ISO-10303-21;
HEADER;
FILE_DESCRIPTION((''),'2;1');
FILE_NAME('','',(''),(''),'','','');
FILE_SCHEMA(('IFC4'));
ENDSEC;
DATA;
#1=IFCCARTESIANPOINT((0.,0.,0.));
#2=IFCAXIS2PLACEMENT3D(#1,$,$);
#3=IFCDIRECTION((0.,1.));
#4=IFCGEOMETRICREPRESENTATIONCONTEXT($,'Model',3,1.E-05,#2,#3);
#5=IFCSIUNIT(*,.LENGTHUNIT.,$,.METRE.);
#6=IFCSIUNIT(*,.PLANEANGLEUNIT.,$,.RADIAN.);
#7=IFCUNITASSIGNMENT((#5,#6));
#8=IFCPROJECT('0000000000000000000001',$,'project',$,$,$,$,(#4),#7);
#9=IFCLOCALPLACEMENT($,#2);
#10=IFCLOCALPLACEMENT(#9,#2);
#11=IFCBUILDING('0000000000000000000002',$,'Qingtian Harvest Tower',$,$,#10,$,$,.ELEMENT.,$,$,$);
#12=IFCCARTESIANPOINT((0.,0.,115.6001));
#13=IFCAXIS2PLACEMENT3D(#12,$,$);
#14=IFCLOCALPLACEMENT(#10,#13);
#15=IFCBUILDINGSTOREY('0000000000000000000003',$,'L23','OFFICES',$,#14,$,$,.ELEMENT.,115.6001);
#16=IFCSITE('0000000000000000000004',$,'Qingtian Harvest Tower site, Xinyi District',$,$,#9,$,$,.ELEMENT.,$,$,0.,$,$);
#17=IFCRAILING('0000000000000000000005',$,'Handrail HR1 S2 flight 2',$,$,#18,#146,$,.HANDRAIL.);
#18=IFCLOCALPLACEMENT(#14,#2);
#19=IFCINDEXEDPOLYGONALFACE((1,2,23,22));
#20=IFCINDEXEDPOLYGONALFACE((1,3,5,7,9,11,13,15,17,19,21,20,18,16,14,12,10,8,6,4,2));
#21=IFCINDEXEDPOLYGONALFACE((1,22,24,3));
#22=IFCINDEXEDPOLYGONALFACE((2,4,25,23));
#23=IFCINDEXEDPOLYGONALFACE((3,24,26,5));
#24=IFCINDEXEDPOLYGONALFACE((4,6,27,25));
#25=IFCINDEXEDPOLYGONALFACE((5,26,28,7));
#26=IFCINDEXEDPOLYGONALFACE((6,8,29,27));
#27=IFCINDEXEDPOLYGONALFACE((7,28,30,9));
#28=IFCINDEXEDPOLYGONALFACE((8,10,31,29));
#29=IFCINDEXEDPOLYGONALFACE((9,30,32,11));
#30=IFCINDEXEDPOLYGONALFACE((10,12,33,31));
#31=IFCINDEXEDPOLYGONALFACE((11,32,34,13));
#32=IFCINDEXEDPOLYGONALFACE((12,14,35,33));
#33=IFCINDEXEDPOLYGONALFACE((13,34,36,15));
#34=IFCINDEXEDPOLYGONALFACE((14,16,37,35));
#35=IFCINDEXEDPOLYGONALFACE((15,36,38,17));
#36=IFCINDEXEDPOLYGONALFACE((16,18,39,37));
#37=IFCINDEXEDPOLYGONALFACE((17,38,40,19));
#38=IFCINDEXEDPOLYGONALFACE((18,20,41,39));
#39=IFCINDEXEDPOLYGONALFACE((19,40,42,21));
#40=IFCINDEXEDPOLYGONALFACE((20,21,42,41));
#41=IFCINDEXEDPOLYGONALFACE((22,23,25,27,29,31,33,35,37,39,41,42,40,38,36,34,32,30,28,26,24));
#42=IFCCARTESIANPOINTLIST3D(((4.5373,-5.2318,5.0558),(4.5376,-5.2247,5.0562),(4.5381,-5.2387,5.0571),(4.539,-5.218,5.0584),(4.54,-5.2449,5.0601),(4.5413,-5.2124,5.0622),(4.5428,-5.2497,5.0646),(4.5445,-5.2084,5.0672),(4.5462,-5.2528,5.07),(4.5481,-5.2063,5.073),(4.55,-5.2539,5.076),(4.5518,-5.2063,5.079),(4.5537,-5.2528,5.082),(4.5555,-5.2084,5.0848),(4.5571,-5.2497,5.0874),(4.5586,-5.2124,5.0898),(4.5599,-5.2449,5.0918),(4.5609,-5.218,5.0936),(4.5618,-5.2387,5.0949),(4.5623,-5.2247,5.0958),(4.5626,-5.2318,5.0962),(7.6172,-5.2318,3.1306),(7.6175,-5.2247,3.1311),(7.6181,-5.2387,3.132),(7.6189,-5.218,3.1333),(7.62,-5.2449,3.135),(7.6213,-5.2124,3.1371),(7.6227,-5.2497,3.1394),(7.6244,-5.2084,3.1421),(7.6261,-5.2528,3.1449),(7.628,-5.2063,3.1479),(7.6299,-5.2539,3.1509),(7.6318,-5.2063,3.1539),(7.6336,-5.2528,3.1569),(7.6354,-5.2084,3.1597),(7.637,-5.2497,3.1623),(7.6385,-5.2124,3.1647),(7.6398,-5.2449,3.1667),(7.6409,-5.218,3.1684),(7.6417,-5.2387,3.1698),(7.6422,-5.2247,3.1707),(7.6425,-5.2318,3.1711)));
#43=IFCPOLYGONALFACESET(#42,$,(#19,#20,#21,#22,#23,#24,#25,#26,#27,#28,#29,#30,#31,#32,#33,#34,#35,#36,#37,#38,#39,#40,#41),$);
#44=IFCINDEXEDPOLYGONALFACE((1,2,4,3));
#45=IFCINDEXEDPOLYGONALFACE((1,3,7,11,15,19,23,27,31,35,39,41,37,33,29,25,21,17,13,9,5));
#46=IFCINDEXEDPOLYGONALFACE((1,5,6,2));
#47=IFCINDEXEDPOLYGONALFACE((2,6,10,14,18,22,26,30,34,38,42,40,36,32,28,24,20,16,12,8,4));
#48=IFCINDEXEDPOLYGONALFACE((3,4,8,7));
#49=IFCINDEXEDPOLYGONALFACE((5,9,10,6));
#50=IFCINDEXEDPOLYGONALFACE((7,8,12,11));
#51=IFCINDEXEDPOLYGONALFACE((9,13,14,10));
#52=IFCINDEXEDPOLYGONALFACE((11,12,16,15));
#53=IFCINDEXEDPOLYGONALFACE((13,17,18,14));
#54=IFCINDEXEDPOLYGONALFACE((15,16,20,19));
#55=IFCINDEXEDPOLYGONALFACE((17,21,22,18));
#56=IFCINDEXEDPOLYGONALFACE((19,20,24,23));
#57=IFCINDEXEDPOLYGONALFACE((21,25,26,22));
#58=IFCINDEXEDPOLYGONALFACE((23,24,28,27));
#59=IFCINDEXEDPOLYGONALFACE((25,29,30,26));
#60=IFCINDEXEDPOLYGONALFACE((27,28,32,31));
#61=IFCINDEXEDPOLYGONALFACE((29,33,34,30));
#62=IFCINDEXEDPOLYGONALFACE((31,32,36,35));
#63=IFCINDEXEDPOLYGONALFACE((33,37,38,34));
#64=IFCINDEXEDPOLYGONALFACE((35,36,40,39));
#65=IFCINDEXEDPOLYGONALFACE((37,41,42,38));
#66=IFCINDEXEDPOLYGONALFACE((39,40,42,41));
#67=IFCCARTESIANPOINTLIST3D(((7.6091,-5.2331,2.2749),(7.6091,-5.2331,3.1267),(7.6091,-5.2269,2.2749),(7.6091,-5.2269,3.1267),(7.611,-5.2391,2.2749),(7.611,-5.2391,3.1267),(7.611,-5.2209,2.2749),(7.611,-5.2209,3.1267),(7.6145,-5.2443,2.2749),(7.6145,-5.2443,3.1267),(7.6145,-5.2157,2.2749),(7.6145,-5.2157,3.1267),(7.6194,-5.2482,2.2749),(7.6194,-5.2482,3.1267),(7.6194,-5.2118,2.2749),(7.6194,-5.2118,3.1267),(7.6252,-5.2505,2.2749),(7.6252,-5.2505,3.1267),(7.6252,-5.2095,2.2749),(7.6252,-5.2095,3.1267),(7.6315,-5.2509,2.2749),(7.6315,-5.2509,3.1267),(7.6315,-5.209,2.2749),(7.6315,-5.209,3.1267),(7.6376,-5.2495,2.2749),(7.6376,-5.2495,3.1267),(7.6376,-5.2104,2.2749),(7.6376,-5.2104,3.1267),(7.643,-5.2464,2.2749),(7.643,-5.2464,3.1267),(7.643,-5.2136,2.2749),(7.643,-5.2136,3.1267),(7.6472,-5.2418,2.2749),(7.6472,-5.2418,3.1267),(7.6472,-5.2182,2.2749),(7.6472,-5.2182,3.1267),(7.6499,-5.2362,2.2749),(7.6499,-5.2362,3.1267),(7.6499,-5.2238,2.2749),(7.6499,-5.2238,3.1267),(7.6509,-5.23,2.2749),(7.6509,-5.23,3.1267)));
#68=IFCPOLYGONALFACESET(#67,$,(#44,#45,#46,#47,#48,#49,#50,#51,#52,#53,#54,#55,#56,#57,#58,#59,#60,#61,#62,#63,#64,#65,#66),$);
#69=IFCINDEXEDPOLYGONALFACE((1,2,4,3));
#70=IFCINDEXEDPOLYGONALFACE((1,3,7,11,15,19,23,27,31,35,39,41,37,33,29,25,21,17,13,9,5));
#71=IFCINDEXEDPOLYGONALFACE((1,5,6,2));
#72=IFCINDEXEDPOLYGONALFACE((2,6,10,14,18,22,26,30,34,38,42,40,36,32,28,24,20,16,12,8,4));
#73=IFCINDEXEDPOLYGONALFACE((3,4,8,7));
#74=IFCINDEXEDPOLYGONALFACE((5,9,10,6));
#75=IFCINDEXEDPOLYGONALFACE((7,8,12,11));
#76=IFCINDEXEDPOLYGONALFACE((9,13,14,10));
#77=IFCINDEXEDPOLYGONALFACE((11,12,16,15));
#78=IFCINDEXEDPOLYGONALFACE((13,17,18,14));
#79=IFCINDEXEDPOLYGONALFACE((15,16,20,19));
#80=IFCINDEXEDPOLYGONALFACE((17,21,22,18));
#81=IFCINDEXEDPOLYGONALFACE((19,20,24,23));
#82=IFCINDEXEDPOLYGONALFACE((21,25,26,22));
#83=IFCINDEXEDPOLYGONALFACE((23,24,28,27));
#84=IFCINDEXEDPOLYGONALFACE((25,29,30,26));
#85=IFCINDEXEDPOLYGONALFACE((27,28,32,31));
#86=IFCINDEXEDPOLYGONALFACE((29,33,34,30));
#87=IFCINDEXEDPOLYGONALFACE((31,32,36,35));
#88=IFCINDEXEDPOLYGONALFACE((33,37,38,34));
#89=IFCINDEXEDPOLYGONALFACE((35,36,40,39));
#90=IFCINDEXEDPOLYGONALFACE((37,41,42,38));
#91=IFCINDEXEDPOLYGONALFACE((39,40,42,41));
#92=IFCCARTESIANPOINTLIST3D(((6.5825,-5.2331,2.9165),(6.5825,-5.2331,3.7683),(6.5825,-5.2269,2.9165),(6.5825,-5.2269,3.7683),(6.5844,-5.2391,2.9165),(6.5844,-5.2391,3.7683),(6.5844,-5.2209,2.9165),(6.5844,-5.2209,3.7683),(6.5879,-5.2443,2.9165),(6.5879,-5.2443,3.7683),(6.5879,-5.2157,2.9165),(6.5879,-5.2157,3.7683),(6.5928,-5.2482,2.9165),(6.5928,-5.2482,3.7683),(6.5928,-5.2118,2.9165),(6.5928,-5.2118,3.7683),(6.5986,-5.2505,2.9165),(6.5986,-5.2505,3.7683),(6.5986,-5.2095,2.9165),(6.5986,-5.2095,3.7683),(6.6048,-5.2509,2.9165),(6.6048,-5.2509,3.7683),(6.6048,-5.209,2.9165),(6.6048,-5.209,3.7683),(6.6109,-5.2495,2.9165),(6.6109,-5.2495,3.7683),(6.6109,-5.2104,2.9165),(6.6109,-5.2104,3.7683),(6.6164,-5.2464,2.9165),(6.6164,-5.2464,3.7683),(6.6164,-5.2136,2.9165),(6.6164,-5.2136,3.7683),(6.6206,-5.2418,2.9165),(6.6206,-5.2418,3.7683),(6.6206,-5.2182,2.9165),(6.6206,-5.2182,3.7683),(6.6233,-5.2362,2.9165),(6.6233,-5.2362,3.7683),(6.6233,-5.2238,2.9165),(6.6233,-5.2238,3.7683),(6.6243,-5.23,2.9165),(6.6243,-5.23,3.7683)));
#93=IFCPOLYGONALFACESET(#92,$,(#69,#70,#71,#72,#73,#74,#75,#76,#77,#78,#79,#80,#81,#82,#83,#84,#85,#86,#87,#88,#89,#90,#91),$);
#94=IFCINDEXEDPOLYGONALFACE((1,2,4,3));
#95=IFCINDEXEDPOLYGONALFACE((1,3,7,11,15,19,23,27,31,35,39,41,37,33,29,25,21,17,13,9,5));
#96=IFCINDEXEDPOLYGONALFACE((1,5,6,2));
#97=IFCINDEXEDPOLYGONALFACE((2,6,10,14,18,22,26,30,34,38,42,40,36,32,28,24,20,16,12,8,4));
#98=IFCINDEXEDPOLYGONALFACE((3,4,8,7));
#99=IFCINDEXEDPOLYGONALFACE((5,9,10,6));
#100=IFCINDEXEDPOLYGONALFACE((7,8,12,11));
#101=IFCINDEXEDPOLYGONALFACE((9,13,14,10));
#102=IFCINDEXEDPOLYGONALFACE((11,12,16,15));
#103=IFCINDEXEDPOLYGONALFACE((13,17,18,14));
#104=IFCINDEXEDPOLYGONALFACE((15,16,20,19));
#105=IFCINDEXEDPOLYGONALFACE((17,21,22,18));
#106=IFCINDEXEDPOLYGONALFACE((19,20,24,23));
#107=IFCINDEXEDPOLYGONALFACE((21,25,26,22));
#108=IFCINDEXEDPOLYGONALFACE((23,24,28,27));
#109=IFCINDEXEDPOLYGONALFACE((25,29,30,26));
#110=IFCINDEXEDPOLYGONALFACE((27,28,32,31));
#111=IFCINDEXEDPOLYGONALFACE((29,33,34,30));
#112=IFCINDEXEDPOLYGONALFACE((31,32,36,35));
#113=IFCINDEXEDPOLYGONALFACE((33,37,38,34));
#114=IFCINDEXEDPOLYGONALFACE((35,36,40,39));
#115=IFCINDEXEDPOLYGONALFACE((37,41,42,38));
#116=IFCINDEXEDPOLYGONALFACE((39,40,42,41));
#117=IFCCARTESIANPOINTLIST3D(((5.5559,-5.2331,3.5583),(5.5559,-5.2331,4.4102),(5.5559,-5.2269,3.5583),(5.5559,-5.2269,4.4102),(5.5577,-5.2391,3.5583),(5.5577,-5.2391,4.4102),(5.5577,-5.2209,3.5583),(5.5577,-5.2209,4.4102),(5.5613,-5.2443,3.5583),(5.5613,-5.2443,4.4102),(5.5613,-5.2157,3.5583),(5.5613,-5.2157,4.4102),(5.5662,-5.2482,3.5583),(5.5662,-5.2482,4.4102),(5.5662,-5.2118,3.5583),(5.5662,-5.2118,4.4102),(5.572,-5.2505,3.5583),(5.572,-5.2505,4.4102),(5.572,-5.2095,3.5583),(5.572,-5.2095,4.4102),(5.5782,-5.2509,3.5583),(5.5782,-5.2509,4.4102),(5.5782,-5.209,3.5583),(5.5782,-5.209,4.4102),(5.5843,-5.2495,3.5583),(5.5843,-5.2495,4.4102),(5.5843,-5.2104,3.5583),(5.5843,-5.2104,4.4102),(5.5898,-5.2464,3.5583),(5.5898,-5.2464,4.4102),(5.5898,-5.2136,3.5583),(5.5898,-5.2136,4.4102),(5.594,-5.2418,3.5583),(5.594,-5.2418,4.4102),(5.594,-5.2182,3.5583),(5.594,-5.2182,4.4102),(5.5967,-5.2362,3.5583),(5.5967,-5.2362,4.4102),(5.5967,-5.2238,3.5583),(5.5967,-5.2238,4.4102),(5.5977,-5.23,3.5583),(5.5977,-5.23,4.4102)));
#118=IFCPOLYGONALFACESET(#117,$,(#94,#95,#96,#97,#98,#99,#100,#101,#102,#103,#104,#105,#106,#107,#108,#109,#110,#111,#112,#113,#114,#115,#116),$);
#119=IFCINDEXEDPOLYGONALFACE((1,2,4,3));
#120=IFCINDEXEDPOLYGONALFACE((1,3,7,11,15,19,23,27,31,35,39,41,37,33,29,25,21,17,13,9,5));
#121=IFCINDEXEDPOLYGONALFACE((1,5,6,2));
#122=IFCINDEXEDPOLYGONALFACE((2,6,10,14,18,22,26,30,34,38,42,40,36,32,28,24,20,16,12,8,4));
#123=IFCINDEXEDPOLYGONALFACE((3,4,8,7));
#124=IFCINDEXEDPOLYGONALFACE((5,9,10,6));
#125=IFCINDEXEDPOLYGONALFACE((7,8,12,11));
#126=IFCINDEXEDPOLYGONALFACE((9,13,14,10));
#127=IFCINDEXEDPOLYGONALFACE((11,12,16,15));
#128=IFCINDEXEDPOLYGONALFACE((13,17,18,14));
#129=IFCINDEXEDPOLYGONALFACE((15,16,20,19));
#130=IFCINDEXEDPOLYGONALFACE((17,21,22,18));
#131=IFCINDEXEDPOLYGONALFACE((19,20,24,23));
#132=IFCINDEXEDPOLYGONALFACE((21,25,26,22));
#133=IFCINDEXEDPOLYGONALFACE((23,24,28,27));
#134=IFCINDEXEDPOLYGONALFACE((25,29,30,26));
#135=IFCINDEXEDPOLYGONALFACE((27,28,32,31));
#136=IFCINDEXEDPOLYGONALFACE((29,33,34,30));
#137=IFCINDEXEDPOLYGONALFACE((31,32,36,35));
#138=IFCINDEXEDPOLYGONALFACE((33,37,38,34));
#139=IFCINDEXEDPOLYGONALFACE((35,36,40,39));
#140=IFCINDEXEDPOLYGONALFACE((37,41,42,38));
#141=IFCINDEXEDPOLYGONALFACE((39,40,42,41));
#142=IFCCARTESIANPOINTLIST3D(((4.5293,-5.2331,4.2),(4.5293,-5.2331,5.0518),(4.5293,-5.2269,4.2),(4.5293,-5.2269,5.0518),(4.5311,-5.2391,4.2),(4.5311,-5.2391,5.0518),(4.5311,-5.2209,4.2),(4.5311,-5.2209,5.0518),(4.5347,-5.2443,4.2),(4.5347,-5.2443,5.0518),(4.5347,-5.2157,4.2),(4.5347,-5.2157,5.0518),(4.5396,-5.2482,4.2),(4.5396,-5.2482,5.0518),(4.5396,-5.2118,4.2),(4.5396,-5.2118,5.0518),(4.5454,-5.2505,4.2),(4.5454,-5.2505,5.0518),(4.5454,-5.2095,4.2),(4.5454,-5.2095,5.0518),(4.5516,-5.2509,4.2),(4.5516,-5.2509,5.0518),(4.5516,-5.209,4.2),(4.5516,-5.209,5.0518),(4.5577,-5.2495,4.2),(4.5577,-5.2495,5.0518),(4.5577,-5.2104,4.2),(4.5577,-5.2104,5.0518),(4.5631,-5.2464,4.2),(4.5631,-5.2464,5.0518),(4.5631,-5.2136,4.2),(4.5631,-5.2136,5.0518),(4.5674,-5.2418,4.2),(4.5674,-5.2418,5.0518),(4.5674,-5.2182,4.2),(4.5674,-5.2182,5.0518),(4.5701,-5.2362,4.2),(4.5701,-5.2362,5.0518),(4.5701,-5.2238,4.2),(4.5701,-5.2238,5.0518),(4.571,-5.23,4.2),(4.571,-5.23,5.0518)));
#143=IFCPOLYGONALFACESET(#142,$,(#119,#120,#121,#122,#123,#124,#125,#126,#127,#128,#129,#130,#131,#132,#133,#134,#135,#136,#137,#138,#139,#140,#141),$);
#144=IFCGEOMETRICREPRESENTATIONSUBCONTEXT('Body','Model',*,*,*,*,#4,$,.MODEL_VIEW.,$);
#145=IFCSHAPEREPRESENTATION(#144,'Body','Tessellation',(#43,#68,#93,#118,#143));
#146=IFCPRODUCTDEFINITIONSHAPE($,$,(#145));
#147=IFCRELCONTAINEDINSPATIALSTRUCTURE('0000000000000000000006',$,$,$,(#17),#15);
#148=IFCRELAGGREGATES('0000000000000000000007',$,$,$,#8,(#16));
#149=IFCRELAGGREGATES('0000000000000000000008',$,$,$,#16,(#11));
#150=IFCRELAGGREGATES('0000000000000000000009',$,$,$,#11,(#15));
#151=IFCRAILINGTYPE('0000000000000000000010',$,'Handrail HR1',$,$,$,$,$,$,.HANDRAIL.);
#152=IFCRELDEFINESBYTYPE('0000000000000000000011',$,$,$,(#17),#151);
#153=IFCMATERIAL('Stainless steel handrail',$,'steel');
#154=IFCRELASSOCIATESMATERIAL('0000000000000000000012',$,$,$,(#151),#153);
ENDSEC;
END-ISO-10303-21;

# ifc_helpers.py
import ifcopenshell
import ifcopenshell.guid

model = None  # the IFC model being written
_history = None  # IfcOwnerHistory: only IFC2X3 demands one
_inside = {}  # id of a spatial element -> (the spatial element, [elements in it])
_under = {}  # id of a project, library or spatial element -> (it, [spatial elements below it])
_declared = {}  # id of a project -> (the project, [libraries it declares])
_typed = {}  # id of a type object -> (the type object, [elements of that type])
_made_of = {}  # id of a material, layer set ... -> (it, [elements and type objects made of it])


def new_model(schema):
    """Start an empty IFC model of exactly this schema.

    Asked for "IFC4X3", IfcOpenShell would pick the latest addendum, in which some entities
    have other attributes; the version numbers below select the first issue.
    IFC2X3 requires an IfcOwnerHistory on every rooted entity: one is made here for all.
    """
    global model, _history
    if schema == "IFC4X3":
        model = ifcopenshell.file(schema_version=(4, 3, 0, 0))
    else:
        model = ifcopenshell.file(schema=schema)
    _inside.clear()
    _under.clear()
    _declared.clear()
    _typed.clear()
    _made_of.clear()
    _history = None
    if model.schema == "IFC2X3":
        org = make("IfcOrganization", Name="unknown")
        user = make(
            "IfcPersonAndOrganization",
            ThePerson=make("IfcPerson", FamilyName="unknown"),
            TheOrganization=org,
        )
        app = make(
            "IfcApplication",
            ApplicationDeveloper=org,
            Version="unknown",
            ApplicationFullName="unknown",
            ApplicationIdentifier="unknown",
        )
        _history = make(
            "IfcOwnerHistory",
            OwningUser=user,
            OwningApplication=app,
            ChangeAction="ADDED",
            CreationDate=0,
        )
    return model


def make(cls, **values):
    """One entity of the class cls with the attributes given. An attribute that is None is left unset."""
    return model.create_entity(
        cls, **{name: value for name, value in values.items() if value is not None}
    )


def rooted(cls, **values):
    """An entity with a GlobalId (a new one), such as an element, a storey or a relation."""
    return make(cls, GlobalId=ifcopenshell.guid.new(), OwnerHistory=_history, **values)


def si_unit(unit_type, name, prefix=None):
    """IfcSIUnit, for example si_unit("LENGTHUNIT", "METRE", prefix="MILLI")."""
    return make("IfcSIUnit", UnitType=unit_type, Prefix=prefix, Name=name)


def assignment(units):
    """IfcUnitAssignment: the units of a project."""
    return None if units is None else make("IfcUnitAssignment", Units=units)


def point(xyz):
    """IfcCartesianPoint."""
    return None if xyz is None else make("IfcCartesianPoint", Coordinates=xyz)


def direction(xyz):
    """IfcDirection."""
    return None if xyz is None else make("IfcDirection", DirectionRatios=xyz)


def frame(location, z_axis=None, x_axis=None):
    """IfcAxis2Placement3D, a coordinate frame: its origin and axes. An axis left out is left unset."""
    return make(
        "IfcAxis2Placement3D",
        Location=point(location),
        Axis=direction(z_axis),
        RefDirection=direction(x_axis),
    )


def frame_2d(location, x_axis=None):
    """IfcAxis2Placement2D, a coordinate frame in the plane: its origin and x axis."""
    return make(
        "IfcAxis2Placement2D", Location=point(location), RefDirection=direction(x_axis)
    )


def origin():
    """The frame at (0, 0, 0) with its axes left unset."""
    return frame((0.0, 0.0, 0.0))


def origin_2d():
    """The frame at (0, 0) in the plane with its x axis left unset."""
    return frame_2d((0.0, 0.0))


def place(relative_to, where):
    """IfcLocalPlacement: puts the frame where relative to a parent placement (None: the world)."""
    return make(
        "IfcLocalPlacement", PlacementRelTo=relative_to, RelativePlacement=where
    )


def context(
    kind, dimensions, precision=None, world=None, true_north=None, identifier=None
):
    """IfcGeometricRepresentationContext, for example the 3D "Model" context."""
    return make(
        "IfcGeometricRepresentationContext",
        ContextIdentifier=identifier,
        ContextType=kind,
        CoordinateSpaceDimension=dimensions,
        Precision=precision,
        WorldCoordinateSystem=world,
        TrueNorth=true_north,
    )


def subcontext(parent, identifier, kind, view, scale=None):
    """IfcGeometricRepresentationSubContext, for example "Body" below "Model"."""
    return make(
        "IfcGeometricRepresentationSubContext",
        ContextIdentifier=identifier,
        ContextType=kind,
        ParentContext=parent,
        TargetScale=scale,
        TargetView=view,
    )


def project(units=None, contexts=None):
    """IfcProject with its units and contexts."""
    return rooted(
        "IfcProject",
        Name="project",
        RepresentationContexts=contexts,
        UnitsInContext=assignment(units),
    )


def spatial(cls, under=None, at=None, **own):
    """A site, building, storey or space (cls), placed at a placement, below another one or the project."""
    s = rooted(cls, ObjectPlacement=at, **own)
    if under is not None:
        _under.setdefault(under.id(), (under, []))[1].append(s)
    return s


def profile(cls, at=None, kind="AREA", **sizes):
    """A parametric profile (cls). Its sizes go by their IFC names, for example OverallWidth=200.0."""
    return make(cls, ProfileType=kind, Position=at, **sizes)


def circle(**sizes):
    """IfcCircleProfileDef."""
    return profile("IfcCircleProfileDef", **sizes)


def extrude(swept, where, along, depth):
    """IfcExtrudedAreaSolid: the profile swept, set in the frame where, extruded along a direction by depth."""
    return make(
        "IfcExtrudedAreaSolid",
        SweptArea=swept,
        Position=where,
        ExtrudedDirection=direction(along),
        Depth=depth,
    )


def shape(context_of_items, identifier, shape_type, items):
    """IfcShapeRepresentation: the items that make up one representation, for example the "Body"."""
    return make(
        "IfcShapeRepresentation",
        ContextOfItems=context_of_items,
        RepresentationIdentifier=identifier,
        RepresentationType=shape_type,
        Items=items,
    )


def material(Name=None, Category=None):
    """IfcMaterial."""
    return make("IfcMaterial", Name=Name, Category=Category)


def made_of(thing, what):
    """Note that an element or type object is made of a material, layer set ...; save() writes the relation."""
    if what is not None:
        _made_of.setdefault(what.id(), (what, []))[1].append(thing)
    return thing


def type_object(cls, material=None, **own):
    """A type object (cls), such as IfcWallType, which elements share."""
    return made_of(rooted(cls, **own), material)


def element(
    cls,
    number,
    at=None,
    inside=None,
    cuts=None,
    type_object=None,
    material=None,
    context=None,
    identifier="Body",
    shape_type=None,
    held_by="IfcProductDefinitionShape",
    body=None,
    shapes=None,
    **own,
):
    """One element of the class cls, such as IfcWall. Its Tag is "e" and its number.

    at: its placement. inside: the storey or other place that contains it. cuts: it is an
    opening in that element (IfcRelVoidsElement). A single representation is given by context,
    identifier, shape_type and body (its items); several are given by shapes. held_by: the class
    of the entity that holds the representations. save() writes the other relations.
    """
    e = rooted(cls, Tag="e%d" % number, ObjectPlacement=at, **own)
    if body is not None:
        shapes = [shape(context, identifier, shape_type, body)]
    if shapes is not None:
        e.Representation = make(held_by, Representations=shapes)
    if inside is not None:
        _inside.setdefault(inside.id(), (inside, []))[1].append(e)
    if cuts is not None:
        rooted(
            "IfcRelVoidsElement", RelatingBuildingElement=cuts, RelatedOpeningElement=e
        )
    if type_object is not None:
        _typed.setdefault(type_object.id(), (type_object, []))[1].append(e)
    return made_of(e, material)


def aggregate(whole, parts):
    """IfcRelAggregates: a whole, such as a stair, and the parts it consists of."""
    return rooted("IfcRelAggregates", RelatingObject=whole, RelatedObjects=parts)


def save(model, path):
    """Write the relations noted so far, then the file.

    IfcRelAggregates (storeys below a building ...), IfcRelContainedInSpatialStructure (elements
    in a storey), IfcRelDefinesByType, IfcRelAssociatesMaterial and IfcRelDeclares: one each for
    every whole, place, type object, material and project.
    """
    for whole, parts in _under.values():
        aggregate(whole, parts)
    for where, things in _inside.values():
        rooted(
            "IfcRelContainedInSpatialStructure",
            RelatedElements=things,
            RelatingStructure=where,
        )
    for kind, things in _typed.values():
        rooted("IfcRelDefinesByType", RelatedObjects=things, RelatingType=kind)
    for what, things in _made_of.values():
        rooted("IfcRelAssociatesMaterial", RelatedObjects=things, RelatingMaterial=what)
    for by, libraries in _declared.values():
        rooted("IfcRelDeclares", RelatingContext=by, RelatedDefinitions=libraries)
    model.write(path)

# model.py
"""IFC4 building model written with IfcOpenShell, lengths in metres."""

from ifc_helpers import new_model, si_unit, direction, frame, origin, origin_2d, place, context, subcontext, project, spatial, circle, extrude, material, type_object, element, save


model = new_model("IFC4")

# Units and contexts
model_context = context("Model", 3, precision=1e-05, world=origin(), true_north=direction((0.0, 1.0)))
body_context = subcontext(model_context, "Body", "Model", "MODEL_VIEW")
ifc_project = project(units=[si_unit("LENGTHUNIT", "METRE"), si_unit("PLANEANGLEUNIT", "RADIAN")], contexts=[model_context])

# Site, building, storey
site_placement = place(None, origin())
site = spatial("IfcSite", under=ifc_project, at=site_placement, Name="Qingtian Harvest Tower site, Xinyi District", CompositionType="ELEMENT", RefElevation=0.0)
building_placement = place(site_placement, origin())
building = spatial("IfcBuilding", under=site, at=building_placement, Name="Qingtian Harvest Tower", CompositionType="ELEMENT")
storey_placement = place(building_placement, frame((0.0, 0.0, 115.6001)))
storey = spatial("IfcBuildingStorey", under=building, at=storey_placement, Name="L23", Description="OFFICES", CompositionType="ELEMENT", Elevation=115.6001)

# Railing
ifc_material_1 = material(Name="Stainless steel handrail", Category="steel")
railing_type = type_object("IfcRailingType", Name="Handrail HR1", PredefinedType="HANDRAIL", material=ifc_material_1)
railing_1_placement = place(storey_placement, frame((7.6299, -5.23, 2.2749)))
element("IfcRailing", 1, at=railing_1_placement, inside=storey, type_object=railing_type, Name="Handrail HR1 S2 flight 2", PredefinedType="HANDRAIL", context=body_context, shape_type="SweptSolid", body=[
    extrude(circle(Radius=0.0239, at=origin_2d()), frame((0.0, 0.0, 0.876), z_axis=(-0.847979, 0.0, 0.530029), x_axis=(0.0, -1.0, 0.0)), (0.0, 0.0, 1.0), 3.6321),
    extrude(circle(Radius=0.021, at=origin_2d()), origin(), (0.0, 0.0, 1.0), 0.8518),
    extrude(circle(Radius=0.021, at=origin_2d()), frame((-1.0266, 0.0, 0.6416)), (0.0, 0.0, 1.0), 0.8518),
    extrude(circle(Radius=0.021, at=origin_2d()), frame((-2.0532, 0.0, 1.2834)), (0.0, 0.0, 1.0), 0.8518),
    extrude(circle(Radius=0.021, at=origin_2d()), frame((-3.0798, 0.0, 1.925)), (0.0, 0.0, 1.0), 0.8518),
])

save(model, "model.ifc")
